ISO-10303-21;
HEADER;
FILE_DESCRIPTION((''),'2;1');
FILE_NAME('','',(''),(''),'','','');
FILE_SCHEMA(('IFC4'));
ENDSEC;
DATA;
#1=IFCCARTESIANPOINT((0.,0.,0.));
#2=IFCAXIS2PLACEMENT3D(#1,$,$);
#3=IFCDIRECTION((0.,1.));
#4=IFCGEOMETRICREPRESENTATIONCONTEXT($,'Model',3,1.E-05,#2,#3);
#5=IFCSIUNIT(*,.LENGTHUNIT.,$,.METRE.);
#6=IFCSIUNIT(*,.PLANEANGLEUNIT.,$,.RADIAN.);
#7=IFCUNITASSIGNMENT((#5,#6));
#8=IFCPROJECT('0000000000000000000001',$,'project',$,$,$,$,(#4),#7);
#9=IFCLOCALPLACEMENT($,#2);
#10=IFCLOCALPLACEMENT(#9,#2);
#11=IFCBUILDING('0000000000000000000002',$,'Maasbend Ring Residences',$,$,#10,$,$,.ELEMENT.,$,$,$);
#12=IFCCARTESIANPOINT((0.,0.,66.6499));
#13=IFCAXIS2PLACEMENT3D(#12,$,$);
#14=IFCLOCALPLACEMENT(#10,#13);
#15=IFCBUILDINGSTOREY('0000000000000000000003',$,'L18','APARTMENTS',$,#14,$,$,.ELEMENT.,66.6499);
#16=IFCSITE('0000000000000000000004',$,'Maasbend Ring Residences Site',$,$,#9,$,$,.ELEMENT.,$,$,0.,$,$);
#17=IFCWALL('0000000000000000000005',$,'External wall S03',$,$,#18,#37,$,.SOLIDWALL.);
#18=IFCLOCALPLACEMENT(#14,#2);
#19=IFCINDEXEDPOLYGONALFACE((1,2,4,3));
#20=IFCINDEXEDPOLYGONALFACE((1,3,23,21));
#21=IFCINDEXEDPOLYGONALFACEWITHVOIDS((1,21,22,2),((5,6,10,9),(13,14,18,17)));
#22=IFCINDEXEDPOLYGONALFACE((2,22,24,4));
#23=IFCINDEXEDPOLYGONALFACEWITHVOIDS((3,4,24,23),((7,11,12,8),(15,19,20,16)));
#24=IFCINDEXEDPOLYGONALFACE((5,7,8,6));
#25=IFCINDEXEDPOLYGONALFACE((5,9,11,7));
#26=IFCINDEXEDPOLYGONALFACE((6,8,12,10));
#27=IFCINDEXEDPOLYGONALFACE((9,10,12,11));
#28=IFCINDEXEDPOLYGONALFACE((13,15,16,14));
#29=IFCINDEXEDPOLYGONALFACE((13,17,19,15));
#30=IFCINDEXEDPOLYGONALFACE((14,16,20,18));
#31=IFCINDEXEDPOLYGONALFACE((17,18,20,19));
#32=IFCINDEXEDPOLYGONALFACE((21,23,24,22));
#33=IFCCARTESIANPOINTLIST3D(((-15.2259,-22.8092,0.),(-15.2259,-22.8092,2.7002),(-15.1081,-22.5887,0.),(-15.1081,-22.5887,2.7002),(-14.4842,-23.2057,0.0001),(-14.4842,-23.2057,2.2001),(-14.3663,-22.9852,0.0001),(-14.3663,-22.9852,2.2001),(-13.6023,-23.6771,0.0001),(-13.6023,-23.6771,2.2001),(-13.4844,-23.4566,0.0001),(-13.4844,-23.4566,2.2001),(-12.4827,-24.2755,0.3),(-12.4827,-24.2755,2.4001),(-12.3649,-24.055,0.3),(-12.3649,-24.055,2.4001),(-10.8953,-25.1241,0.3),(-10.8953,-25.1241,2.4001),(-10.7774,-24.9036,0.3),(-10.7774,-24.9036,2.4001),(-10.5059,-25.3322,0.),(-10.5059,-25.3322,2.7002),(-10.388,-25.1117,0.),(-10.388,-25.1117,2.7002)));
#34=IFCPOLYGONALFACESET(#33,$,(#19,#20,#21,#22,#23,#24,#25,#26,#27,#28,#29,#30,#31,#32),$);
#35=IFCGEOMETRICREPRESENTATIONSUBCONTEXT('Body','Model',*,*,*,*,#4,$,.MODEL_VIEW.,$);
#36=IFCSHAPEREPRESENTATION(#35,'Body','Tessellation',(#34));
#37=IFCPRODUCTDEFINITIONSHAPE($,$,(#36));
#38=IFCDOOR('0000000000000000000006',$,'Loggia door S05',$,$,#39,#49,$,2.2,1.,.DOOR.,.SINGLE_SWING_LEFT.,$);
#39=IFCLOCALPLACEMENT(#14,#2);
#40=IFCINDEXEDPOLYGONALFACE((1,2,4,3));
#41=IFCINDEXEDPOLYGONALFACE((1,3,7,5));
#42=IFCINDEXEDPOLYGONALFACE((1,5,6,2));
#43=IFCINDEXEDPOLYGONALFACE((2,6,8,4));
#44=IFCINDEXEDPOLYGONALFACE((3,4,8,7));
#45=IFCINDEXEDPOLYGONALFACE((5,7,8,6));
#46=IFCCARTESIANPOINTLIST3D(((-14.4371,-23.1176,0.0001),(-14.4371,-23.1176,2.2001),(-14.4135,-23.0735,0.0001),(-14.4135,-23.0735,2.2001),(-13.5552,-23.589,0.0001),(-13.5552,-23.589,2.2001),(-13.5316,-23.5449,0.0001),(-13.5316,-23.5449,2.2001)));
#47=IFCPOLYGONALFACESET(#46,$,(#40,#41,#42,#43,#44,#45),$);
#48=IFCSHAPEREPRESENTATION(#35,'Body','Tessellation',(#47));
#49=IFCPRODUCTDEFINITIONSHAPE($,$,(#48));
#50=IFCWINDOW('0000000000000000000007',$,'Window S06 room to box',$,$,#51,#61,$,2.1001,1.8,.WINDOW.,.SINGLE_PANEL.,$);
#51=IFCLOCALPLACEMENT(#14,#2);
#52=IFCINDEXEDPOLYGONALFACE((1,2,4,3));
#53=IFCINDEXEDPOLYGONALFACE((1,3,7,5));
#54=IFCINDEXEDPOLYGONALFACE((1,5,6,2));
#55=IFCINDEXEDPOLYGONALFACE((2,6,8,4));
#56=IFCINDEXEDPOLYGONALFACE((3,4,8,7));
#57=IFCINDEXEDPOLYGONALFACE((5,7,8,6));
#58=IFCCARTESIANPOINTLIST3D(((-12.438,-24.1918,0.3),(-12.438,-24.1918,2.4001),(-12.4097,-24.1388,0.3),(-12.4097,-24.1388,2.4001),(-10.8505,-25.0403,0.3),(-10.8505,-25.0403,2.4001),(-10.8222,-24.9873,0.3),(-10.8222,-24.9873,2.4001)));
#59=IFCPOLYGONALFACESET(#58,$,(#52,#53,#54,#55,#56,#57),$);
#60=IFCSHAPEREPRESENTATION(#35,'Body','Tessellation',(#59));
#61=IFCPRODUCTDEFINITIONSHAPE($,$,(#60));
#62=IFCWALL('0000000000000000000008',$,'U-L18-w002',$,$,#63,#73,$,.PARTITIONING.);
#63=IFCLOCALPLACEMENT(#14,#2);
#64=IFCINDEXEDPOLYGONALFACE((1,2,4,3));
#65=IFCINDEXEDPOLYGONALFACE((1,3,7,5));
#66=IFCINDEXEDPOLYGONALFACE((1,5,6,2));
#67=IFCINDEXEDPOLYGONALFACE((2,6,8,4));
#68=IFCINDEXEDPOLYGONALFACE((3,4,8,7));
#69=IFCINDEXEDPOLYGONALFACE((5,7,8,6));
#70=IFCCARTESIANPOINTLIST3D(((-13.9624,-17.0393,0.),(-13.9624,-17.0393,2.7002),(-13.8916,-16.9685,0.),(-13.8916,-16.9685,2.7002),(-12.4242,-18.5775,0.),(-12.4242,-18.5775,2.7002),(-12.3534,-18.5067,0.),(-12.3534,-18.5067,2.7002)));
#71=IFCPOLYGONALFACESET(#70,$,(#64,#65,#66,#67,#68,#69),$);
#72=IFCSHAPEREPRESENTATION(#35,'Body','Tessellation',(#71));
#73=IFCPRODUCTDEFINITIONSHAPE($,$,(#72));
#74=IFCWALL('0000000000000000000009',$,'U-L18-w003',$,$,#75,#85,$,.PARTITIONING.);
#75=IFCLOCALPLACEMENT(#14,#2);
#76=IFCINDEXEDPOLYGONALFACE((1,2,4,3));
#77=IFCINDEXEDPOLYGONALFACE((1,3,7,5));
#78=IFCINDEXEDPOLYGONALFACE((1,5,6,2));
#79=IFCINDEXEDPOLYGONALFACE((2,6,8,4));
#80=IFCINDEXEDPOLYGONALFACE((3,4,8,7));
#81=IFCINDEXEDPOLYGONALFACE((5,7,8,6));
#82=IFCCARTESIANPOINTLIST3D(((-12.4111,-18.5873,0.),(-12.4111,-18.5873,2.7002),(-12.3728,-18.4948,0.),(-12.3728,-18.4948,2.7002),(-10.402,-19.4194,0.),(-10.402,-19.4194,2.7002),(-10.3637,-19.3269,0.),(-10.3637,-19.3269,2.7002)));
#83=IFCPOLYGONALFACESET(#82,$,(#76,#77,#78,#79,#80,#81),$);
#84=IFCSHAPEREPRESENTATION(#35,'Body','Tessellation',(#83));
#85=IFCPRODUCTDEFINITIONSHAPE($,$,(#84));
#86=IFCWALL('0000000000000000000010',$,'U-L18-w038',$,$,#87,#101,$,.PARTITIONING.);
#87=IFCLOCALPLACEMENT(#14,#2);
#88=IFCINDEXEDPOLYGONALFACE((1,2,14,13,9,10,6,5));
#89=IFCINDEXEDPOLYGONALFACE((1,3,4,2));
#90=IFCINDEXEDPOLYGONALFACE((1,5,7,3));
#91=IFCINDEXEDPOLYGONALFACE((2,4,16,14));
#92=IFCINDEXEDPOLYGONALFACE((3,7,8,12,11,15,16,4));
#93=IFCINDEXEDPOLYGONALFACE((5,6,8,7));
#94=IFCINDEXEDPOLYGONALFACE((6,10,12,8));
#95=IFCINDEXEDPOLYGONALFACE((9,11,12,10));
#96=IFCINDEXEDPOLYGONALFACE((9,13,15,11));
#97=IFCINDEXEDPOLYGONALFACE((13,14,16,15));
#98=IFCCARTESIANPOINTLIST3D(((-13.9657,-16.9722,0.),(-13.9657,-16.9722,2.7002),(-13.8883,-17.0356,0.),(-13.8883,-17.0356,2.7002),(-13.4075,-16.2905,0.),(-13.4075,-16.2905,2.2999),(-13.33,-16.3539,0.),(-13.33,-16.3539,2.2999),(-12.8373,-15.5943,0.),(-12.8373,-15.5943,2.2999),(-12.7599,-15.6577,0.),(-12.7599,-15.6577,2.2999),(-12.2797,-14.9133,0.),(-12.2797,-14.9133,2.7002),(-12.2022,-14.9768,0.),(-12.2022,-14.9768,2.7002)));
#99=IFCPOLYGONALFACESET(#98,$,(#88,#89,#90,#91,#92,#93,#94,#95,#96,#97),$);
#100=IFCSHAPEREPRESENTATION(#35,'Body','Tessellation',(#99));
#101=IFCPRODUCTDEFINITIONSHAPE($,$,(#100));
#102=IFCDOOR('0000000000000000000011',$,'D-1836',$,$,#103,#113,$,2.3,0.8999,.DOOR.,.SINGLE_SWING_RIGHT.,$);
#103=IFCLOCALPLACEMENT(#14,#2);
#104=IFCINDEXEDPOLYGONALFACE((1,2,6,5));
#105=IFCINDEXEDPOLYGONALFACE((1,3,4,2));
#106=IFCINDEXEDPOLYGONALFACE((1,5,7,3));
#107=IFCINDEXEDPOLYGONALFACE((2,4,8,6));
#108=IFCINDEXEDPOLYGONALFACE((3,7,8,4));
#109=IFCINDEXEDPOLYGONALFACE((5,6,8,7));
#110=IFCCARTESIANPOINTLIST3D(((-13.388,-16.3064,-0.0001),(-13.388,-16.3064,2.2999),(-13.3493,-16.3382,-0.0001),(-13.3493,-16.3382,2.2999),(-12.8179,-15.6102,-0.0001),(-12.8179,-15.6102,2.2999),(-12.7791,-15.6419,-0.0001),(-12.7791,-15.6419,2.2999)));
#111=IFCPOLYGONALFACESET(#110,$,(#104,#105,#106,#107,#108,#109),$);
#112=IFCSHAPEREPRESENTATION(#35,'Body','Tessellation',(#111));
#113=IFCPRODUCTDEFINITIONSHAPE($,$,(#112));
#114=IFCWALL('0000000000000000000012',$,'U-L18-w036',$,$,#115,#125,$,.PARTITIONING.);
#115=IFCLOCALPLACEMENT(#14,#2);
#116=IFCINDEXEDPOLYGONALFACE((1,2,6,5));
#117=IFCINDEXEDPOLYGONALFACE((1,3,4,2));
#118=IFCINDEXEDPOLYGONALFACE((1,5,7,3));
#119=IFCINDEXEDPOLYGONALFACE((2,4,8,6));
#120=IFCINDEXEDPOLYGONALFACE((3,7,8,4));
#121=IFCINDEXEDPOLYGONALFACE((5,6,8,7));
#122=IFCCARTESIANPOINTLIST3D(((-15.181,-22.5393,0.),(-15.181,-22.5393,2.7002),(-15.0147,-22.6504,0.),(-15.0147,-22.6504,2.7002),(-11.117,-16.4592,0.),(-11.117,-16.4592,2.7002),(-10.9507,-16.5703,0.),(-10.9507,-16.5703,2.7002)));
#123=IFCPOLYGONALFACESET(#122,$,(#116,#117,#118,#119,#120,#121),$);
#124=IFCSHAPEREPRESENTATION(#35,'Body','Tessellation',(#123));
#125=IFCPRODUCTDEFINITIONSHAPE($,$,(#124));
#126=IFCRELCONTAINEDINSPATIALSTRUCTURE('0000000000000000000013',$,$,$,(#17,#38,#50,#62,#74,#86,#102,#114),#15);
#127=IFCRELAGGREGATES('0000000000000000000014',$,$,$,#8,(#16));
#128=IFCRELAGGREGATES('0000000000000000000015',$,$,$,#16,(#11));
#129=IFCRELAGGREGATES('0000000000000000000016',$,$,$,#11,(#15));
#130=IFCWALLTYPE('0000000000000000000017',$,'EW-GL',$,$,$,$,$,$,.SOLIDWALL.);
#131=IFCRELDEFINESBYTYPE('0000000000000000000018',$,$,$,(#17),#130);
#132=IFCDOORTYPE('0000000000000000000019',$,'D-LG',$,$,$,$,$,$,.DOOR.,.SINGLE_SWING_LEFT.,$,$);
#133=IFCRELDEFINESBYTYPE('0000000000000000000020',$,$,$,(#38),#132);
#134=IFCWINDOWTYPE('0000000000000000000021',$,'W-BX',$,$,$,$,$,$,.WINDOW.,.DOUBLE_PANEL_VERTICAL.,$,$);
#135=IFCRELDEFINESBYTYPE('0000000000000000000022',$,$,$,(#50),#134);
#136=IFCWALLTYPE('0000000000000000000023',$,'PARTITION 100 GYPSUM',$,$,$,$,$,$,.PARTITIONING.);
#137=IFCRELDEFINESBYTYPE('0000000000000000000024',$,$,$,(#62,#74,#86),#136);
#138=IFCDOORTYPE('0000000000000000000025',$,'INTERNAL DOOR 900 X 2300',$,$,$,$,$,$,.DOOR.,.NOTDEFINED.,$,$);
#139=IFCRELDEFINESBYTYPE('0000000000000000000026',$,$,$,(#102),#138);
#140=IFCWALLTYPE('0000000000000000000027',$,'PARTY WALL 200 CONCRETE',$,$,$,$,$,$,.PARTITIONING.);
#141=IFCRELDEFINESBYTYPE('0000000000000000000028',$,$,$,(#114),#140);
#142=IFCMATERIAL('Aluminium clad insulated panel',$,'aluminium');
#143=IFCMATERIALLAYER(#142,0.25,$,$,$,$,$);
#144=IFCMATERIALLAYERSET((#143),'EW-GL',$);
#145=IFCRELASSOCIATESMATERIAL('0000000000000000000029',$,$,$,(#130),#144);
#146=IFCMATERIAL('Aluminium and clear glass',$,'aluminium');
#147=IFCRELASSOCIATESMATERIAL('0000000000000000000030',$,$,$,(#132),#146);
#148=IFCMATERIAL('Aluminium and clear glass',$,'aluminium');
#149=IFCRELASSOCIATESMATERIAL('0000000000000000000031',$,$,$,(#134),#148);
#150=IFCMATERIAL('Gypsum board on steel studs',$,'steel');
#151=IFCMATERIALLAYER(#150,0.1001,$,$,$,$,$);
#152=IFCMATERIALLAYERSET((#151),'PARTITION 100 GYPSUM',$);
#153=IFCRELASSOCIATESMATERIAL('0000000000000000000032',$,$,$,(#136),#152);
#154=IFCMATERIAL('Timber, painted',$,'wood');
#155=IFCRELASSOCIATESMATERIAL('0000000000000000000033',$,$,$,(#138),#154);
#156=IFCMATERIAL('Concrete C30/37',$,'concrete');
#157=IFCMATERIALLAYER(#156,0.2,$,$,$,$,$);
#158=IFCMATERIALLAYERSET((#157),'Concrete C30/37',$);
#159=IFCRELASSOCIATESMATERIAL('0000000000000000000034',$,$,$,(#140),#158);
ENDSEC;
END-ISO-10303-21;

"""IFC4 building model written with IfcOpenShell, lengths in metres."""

from ifc_helpers import new_model, si_unit, direction, frame, frame_2d, origin, place, context, subcontext, project, spatial, rectangle, extrude, material, layer, layer_set, type_object, element, fill, save


model = new_model("IFC4")

# Units and contexts
model_context = context("Model", 3, precision=1e-05, world=origin(), true_north=direction((0.0, 1.0)))
body_context = subcontext(model_context, "Body", "Model", "MODEL_VIEW")
ifc_project = project(units=[si_unit("LENGTHUNIT", "METRE"), si_unit("PLANEANGLEUNIT", "RADIAN")], contexts=[model_context])

# Site, building, storey
site_placement = place(None, origin())
site = spatial("IfcSite", under=ifc_project, at=site_placement, Name="Maasbend Ring Residences Site", CompositionType="ELEMENT", RefElevation=0.0)
building_placement = place(site_placement, origin())
building = spatial("IfcBuilding", under=site, at=building_placement, Name="Maasbend Ring Residences", CompositionType="ELEMENT")
storey_placement = place(building_placement, frame((0.0, 0.0, 66.6499)))
storey = spatial("IfcBuildingStorey", under=building, at=storey_placement, Name="L18", Description="APARTMENTS", CompositionType="ELEMENT", Elevation=66.6499)

# Wall, openings, door, window
ifc_material_1 = material(Name="Aluminium clad insulated panel", Category="aluminium")
ifc_layer_1 = layer(ifc_material_1, 0.25)
ifc_layer_set_1 = layer_set([ifc_layer_1], Name="EW-GL")
wall_type_1 = type_object("IfcWallType", Name="EW-GL", PredefinedType="SOLIDWALL", material=ifc_layer_set_1)
wall_1_placement = place(storey_placement, frame((-15.167, -22.699, 0.0), z_axis=(0.0, 0.0, 1.0), x_axis=(0.881916, -0.471407, 0.0)))
wall_1 = element("IfcWall", 1, at=wall_1_placement, inside=storey, type_object=wall_type_1, Name="External wall S03", PredefinedType="SOLIDWALL", context=body_context, shape_type="SweptSolid", body=[
    extrude(rectangle(XDim=5.3521, YDim=0.25, at=frame_2d((2.676, 0.0))), origin(), (0.0, 0.0, 1.0), 2.7002),
])
opening_1_placement = place(wall_1_placement, frame((0.8411, 0.0, 0.0)))
opening_1 = element("IfcOpeningElement", 2, at=opening_1_placement, cuts=wall_1, PredefinedType="OPENING", context=body_context, shape_type="SweptSolid", body=[
    extrude(rectangle(XDim=1.0, YDim=2.2, at=frame_2d((0.5, 1.1001))), frame((0.0, 0.135, 0.0), z_axis=(0.0, -1.0, 0.0), x_axis=(1.0, 0.0, 0.0)), (0.0, 0.0, 1.0), 0.27),
])
opening_2_placement = place(wall_1_placement, frame((3.1106, 0.0, 0.3)))
opening_2 = element("IfcOpeningElement", 3, at=opening_2_placement, cuts=wall_1, PredefinedType="OPENING", context=body_context, shape_type="SweptSolid", body=[
    extrude(rectangle(XDim=1.8, YDim=2.1001, at=frame_2d((0.8999, 1.05))), frame((0.0, 0.135, 0.0), z_axis=(0.0, -1.0, 0.0), x_axis=(1.0, 0.0, 0.0)), (0.0, 0.0, 1.0), 0.27),
])
ifc_material_2 = material(Name="Aluminium and clear glass", Category="aluminium")
door_type_1 = type_object("IfcDoorType", Name="D-LG", OperationType="SINGLE_SWING_LEFT", PredefinedType="DOOR", material=ifc_material_2)
door_1_placement = place(opening_1_placement, origin())
door_1 = element("IfcDoor", 4, at=door_1_placement, inside=storey, type_object=door_type_1, Name="Loggia door S05", OperationType="SINGLE_SWING_LEFT", OverallHeight=2.2, OverallWidth=1.0, PredefinedType="DOOR", context=body_context, shape_type="SweptSolid", body=[
    extrude(rectangle(XDim=1.0, YDim=2.2, at=frame_2d((0.5, 1.1001))), frame((0.0, 0.0249, 0.0), z_axis=(0.0, -1.0, 0.0), x_axis=(1.0, 0.0, 0.0)), (0.0, 0.0, 1.0), 0.05),
])
fill(opening_1, door_1)
ifc_material_3 = material(Name="Aluminium and clear glass", Category="aluminium")
window_type_1 = type_object("IfcWindowType", Name="W-BX", PartitioningType="DOUBLE_PANEL_VERTICAL", PredefinedType="WINDOW", material=ifc_material_3)
window_1_placement = place(opening_2_placement, origin())
window_1 = element("IfcWindow", 5, at=window_1_placement, inside=storey, type_object=window_type_1, Name="Window S06 room to box", OverallHeight=2.1001, OverallWidth=1.8, PartitioningType="SINGLE_PANEL", PredefinedType="WINDOW", context=body_context, shape_type="SweptSolid", body=[
    extrude(rectangle(XDim=1.8, YDim=2.1001, at=frame_2d((0.8999, 1.05))), frame((0.0, 0.03, 0.0), z_axis=(0.0, -1.0, 0.0), x_axis=(1.0, 0.0, 0.0)), (0.0, 0.0, 1.0), 0.0601),
])
fill(opening_2, window_1)

# Walls
ifc_material_4 = material(Name="Gypsum board on steel studs", Category="steel")
ifc_layer_2 = layer(ifc_material_4, 0.1001)
ifc_layer_set_2 = layer_set([ifc_layer_2], Name="PARTITION 100 GYPSUM")
wall_type_2 = type_object("IfcWallType", Name="PARTITION 100 GYPSUM", PredefinedType="PARTITIONING", material=ifc_layer_set_2)
wall_2_placement = place(storey_placement, frame((-13.927, -17.0039, 0.0), z_axis=(0.0, 0.0, 1.0), x_axis=(0.707107, -0.707107, 0.0)))
element("IfcWall", 6, at=wall_2_placement, inside=storey, type_object=wall_type_2, Name="U-L18-w002", PredefinedType="PARTITIONING", context=body_context, shape_type="SweptSolid", body=[
    extrude(rectangle(XDim=2.1753, YDim=0.1001, at=frame_2d((1.0876, 0.0))), origin(), (0.0, 0.0, 1.0), 2.7002),
])
wall_3_placement = place(storey_placement, frame((-12.3921, -18.541, 0.0), z_axis=(0.0, 0.0, 1.0), x_axis=(0.923902, -0.382629, 0.0)))
element("IfcWall", 7, at=wall_3_placement, inside=storey, type_object=wall_type_2, Name="U-L18-w003", PredefinedType="PARTITIONING", context=body_context, shape_type="SweptSolid", body=[
    extrude(rectangle(XDim=2.1746, YDim=0.1001, at=frame_2d((1.0874, 0.0))), origin(), (0.0, 0.0, 1.0), 2.7002),
])

# Wall, opening, door
wall_4_placement = place(storey_placement, frame((-13.927, -17.0039, 0.0), z_axis=(0.0, 0.0, 1.0), x_axis=(0.633582, 0.773675, 0.0)))
wall_4 = element("IfcWall", 8, at=wall_4_placement, inside=storey, type_object=wall_type_2, Name="U-L18-w038", PredefinedType="PARTITIONING", context=body_context, shape_type="SweptSolid", body=[
    extrude(rectangle(XDim=2.6611, YDim=0.1001, at=frame_2d((1.3306, 0.0))), origin(), (0.0, 0.0, 1.0), 2.7002),
])
opening_3_placement = place(wall_4_placement, frame((0.8811, 0.0, 0.0)))
opening_3 = element("IfcOpeningElement", 9, at=opening_3_placement, cuts=wall_4, PredefinedType="OPENING", context=body_context, shape_type="SweptSolid", body=[
    extrude(rectangle(XDim=0.8999, YDim=2.3, at=frame_2d((0.45, 1.1499))), frame((0.0, 0.0601, 0.0), z_axis=(0.0, -1.0, 0.0), x_axis=(1.0, 0.0, 0.0)), (0.0, 0.0, 1.0), 0.1201),
])
ifc_material_5 = material(Name="Timber, painted", Category="wood")
door_type_2 = type_object("IfcDoorType", Name="INTERNAL DOOR 900 X 2300", OperationType="NOTDEFINED", PredefinedType="DOOR", material=ifc_material_5)
door_2_placement = place(opening_3_placement, origin())
door_2 = element("IfcDoor", 10, at=door_2_placement, inside=storey, type_object=door_type_2, Name="D-1836", OperationType="SINGLE_SWING_RIGHT", OverallHeight=2.3, OverallWidth=0.8999, PredefinedType="DOOR", context=body_context, shape_type="SweptSolid", body=[
    extrude(rectangle(XDim=0.8999, YDim=2.3, at=frame_2d((0.45, 1.1499))), frame((0.0, 0.0249, 0.0), z_axis=(0.0, -1.0, 0.0), x_axis=(1.0, 0.0, 0.0)), (0.0, 0.0, 1.0), 0.05),
])
fill(opening_3, door_2)

# Wall
ifc_material_6 = material(Name="Concrete C30/37", Category="concrete")
ifc_layer_3 = layer(ifc_material_6, 0.2)
ifc_layer_set_3 = layer_set([ifc_layer_3], Name="Concrete C30/37")
wall_type_3 = type_object("IfcWallType", Name="PARTY WALL 200 CONCRETE", PredefinedType="PARTITIONING", material=ifc_layer_set_3)
wall_5_placement = place(storey_placement, frame((-15.0979, -22.595, 0.0), z_axis=(0.0, 0.0, 1.0), x_axis=(0.555701, 0.831382, 0.0)))
element("IfcWall", 11, at=wall_5_placement, inside=storey, type_object=wall_type_3, Name="U-L18-w036", PredefinedType="PARTITIONING", context=body_context, shape_type="SweptSolid", body=[
    extrude(rectangle(XDim=7.3132, YDim=0.2, at=frame_2d((3.6567, 0.0))), origin(), (0.0, 0.0, 1.0), 2.7002),
])

save(model, "model.ifc")
